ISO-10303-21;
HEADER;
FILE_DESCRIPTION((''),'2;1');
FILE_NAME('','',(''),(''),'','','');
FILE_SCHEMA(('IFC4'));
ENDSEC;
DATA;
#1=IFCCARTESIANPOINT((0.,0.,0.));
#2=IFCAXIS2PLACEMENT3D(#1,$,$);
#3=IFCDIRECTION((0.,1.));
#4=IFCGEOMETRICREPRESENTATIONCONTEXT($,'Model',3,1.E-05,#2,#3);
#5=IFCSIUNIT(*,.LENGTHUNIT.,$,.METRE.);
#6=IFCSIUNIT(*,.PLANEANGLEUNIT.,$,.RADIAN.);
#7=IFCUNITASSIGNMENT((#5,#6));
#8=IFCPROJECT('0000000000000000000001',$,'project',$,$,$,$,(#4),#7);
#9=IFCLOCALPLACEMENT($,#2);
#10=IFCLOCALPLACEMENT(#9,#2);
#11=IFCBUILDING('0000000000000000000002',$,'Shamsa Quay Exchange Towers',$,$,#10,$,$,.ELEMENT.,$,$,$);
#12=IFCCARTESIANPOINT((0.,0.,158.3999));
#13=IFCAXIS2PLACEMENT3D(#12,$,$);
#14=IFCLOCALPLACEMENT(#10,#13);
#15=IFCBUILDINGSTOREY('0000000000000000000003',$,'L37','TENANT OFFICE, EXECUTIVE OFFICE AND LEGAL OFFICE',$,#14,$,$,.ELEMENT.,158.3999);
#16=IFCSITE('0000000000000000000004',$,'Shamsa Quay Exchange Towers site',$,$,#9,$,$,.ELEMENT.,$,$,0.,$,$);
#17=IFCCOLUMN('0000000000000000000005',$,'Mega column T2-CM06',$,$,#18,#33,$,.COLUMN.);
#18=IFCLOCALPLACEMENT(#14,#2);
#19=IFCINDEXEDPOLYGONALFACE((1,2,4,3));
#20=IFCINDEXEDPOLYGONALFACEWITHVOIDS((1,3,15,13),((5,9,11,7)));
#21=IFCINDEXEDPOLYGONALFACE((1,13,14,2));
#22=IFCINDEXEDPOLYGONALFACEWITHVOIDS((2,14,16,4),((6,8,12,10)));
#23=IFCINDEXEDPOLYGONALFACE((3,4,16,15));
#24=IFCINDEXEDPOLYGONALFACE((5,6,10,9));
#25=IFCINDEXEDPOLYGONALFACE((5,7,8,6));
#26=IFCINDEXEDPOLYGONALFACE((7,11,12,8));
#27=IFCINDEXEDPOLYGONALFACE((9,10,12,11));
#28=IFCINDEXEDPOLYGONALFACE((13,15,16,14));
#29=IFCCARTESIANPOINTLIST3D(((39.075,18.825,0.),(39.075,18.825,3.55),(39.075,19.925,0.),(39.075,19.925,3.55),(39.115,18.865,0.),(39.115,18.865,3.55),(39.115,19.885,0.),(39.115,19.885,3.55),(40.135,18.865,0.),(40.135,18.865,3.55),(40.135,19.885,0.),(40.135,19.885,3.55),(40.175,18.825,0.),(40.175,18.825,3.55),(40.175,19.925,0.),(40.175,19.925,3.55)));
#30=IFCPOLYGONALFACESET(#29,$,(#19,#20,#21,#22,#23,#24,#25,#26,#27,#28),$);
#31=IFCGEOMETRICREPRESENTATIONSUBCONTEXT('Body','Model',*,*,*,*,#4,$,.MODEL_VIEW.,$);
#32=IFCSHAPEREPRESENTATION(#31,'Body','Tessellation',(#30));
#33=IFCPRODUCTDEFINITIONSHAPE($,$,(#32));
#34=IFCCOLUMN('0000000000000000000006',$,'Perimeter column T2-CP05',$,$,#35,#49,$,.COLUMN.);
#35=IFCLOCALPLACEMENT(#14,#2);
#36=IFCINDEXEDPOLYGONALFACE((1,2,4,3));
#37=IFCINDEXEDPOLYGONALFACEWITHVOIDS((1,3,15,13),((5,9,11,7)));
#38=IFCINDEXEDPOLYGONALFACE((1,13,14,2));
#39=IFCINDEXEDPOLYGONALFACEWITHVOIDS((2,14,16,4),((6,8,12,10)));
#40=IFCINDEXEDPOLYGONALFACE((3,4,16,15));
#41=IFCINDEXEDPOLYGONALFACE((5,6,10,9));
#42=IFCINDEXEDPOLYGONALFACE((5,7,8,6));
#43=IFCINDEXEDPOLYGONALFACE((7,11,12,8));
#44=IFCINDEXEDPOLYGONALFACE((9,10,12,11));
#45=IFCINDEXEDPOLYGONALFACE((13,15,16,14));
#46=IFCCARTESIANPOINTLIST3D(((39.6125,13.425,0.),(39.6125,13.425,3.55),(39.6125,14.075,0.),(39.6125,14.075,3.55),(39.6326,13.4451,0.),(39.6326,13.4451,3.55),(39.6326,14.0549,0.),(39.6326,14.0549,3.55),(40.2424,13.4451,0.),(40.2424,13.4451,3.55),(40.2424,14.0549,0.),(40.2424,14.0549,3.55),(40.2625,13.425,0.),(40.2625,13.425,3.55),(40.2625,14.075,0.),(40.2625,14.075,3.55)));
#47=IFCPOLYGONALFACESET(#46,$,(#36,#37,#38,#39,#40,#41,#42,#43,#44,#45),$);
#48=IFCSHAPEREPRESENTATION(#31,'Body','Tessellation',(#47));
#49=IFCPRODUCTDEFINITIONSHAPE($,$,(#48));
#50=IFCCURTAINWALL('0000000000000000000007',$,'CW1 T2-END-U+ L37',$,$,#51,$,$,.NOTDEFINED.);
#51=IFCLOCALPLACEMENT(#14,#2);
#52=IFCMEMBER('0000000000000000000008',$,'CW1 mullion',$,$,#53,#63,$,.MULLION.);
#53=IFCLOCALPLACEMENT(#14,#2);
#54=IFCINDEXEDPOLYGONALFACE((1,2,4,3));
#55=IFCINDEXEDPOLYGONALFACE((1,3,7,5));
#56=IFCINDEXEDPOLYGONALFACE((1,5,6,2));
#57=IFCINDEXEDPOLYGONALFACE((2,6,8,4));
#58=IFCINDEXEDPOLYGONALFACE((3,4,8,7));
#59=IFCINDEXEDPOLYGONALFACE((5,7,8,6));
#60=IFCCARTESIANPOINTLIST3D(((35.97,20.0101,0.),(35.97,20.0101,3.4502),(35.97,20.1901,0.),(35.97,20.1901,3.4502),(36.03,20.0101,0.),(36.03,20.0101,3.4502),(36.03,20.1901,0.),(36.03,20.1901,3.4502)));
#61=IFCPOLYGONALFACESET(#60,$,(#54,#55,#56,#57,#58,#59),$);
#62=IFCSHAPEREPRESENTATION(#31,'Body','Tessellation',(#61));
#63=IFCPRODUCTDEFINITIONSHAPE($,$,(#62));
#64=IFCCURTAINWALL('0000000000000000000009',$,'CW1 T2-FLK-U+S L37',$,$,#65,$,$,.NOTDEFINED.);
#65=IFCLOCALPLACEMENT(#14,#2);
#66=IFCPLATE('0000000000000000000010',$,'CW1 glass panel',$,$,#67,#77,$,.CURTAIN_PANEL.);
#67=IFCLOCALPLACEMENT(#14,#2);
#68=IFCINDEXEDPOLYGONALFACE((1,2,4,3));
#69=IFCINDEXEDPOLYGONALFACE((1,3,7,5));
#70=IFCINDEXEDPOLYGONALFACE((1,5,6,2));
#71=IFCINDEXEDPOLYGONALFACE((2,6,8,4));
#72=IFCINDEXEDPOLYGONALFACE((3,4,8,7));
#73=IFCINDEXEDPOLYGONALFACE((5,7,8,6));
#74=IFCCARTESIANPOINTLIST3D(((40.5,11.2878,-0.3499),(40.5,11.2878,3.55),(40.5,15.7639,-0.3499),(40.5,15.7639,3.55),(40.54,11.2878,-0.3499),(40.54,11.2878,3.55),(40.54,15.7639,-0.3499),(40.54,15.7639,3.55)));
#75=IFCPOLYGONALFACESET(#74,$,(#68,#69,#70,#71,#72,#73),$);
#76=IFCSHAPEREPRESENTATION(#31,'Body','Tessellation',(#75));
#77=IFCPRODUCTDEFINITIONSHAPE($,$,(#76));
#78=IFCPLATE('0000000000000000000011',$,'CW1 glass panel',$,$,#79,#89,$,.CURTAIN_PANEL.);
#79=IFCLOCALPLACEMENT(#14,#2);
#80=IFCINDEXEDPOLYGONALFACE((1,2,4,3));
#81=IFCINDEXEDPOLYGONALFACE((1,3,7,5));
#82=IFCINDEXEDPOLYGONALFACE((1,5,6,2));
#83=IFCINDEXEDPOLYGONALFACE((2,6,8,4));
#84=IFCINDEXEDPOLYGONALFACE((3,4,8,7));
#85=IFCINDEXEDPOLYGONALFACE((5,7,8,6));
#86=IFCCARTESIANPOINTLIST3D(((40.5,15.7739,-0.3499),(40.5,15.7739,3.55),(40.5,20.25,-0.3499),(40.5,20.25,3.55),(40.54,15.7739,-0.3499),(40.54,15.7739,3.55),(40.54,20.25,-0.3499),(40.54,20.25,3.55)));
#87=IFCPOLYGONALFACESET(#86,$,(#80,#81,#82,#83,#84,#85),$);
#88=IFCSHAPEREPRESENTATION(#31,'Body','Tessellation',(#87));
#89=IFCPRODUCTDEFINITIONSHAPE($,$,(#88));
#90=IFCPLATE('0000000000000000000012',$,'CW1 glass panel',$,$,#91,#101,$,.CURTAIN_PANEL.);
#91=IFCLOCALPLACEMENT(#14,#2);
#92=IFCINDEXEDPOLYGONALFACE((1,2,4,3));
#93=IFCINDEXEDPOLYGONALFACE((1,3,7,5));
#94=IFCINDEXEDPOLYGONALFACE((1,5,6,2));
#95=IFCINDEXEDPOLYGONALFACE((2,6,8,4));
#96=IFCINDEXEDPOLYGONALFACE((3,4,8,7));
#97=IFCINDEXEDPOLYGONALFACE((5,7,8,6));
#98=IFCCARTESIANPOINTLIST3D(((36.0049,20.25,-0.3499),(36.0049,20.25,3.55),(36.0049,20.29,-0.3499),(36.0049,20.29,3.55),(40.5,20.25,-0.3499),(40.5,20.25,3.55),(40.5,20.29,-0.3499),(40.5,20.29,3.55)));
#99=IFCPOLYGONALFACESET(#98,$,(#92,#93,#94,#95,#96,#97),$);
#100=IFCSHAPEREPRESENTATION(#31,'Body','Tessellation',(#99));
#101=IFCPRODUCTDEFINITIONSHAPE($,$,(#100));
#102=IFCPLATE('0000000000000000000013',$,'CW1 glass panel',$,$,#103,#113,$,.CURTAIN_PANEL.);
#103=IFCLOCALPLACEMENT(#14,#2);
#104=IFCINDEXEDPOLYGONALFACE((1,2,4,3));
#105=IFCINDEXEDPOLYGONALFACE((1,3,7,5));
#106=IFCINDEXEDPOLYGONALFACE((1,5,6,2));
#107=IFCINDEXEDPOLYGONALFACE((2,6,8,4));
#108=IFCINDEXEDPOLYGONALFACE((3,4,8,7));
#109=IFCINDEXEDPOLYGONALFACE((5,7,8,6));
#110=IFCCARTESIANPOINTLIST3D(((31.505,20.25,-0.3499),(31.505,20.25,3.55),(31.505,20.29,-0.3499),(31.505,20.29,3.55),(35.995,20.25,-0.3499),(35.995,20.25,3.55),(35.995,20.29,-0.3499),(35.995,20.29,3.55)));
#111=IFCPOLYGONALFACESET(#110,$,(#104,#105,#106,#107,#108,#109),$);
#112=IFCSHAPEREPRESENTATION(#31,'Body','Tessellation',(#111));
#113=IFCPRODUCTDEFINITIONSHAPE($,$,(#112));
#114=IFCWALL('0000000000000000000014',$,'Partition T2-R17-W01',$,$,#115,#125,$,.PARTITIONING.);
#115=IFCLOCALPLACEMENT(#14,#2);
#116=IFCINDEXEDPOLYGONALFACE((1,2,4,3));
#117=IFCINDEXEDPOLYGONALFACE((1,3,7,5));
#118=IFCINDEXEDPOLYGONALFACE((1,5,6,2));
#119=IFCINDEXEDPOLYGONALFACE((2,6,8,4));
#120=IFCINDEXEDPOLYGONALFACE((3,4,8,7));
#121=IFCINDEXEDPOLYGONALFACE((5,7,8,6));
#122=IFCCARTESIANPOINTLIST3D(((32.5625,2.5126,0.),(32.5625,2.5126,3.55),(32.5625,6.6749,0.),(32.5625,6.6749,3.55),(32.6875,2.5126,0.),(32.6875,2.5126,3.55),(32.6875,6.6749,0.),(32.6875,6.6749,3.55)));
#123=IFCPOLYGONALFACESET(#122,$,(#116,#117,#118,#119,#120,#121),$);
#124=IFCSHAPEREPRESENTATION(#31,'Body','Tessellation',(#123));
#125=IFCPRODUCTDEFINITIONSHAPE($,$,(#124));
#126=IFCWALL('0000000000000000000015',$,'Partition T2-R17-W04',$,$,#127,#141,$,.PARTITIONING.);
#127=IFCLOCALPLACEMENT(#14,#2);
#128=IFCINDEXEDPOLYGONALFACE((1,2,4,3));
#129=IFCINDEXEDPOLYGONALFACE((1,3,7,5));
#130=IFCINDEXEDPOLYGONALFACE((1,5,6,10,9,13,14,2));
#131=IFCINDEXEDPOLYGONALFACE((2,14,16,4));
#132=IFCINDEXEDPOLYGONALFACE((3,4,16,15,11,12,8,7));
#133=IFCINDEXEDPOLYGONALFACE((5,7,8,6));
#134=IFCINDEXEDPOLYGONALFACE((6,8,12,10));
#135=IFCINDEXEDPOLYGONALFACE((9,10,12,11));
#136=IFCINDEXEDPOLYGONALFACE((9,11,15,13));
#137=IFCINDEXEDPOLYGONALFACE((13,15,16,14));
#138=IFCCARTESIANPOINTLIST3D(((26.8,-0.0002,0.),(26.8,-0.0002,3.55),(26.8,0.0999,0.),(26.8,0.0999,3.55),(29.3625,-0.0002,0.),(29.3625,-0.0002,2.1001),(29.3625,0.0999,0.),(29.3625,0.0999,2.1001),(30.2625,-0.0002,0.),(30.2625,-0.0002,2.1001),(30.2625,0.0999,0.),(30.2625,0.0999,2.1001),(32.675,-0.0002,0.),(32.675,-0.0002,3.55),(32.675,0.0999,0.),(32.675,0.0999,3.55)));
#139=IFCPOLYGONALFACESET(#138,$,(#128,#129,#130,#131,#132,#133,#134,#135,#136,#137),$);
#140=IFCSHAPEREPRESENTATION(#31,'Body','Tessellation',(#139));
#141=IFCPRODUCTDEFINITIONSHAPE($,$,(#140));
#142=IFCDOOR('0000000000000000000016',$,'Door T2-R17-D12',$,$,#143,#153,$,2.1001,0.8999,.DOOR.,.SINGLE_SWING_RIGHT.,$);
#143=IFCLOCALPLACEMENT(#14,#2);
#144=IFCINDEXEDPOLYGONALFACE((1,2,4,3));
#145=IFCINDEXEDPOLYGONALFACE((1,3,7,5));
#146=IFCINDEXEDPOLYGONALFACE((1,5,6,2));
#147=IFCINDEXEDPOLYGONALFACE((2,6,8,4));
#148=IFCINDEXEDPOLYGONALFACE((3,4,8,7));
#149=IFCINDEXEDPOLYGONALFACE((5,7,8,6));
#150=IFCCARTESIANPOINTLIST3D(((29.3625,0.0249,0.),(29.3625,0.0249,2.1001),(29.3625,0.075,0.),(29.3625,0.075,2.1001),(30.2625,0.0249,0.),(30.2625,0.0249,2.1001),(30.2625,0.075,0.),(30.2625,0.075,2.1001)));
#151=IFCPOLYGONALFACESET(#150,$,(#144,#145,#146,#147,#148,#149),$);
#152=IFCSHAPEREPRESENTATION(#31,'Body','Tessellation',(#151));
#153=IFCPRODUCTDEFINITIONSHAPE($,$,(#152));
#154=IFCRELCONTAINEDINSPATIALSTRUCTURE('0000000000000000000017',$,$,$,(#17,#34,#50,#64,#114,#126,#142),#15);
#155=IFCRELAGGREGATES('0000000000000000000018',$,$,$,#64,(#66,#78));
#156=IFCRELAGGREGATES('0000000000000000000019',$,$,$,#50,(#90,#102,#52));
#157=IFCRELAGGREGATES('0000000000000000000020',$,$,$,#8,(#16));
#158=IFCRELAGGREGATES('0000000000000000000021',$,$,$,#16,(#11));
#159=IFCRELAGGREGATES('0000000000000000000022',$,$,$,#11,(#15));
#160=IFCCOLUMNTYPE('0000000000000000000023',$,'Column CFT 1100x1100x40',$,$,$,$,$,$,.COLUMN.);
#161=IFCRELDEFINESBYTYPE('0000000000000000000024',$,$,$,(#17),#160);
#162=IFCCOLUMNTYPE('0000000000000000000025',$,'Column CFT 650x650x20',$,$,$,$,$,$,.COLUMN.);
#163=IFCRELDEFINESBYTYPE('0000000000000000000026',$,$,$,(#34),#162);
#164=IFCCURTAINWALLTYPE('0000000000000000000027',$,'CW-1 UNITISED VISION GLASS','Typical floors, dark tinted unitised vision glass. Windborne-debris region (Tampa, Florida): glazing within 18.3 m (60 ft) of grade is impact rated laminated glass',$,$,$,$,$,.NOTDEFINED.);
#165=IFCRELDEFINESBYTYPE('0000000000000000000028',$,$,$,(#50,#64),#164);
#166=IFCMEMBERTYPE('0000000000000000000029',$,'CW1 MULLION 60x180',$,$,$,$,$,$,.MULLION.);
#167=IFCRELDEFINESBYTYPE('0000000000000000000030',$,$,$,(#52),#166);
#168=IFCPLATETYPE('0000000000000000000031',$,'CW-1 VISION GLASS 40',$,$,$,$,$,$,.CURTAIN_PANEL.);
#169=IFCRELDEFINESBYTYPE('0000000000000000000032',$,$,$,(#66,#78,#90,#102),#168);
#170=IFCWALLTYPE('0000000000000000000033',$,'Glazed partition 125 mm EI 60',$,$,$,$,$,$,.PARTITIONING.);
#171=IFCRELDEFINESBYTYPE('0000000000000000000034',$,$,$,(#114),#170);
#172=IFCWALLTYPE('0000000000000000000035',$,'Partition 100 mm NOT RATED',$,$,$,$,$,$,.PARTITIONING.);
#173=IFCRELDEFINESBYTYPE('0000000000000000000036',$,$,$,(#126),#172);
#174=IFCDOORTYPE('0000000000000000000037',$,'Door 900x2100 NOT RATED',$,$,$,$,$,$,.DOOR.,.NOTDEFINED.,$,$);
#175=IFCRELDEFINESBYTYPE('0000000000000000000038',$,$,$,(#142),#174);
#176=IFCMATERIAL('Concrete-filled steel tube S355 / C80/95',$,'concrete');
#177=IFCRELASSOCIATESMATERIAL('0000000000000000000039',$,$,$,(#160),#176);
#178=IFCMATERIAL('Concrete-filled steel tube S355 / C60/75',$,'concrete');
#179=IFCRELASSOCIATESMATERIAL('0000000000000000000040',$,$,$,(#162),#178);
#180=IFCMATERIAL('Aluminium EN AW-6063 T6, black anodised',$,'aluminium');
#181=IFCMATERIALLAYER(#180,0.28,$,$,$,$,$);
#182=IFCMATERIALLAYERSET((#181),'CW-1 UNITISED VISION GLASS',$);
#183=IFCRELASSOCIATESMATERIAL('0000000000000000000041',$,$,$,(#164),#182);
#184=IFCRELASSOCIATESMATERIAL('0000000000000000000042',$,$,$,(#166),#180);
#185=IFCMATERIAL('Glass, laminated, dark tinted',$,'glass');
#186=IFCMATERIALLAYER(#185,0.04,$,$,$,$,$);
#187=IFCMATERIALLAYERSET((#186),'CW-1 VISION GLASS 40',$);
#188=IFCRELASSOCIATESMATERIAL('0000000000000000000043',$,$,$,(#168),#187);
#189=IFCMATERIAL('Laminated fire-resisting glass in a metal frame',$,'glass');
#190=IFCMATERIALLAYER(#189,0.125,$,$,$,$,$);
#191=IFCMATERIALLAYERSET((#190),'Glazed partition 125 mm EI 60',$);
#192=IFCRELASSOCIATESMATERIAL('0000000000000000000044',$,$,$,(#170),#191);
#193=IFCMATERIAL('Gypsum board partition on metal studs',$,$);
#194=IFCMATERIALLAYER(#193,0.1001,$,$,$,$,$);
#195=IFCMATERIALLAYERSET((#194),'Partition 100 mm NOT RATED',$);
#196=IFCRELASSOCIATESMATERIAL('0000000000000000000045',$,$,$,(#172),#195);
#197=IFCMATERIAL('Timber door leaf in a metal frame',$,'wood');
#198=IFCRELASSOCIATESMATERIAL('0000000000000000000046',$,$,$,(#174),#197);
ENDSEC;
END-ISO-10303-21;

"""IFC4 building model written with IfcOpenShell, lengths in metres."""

from ifc_helpers import new_model, si_unit, direction, frame, frame_2d, origin, origin_2d, place, context, subcontext, project, spatial, rectangle, hollow_rectangle, extrude, material, layer, layer_set, material_profile, profile_set, type_object, element, fill, aggregate, save


model = new_model("IFC4")

# Units and contexts
model_context = context("Model", 3, precision=1e-05, world=origin(), true_north=direction((0.0, 1.0)))
body_context = subcontext(model_context, "Body", "Model", "MODEL_VIEW")
ifc_project = project(units=[si_unit("LENGTHUNIT", "METRE"), si_unit("PLANEANGLEUNIT", "RADIAN")], contexts=[model_context])

# Site, building, storey
site_placement = place(None, origin())
site = spatial("IfcSite", under=ifc_project, at=site_placement, Name="Shamsa Quay Exchange Towers site", CompositionType="ELEMENT", RefElevation=0.0)
building_placement = place(site_placement, origin())
building = spatial("IfcBuilding", under=site, at=building_placement, Name="Shamsa Quay Exchange Towers", CompositionType="ELEMENT")
storey_placement = place(building_placement, frame((0.0, 0.0, 158.3999)))
storey = spatial("IfcBuildingStorey", under=building, at=storey_placement, Name="L37", Description="TENANT OFFICE, EXECUTIVE OFFICE AND LEGAL OFFICE", CompositionType="ELEMENT", Elevation=158.3999)

# Columns
ifc_material_1 = material(Name="Concrete-filled steel tube S355 / C80/95", Category="concrete")
ifc_material_profile_1 = material_profile(ifc_material_1, hollow_rectangle(XDim=1.1001, YDim=1.1001, WallThickness=0.04, at=origin_2d()), Name="CFT 1100x1100x40")
ifc_profile_set_1 = profile_set([ifc_material_profile_1], Name="Concrete-filled steel tube S355 / C80/95")
column_type_1 = type_object("IfcColumnType", Name="Column CFT 1100x1100x40", PredefinedType="COLUMN", material=ifc_profile_set_1)
column_1_placement = place(storey_placement, frame((39.625, 19.375, 0.0)))
element("IfcColumn", 1, at=column_1_placement, inside=storey, type_object=column_type_1, Name="Mega column T2-CM06", PredefinedType="COLUMN", context=body_context, shape_type="SweptSolid", body=[
    extrude(hollow_rectangle(XDim=1.1001, YDim=1.1001, WallThickness=0.04, at=origin_2d()), origin(), (0.0, 0.0, 1.0), 3.55),
])
ifc_material_2 = material(Name="Concrete-filled steel tube S355 / C60/75", Category="concrete")
ifc_material_profile_2 = material_profile(ifc_material_2, hollow_rectangle(XDim=0.6499, YDim=0.6499, WallThickness=0.02, at=origin_2d()), Name="CFT 650x650x20")
ifc_profile_set_2 = profile_set([ifc_material_profile_2], Name="Concrete-filled steel tube S355 / C60/75")
column_type_2 = type_object("IfcColumnType", Name="Column CFT 650x650x20", PredefinedType="COLUMN", material=ifc_profile_set_2)
column_2_placement = place(storey_placement, frame((39.9375, 13.75, 0.0)))
element("IfcColumn", 2, at=column_2_placement, inside=storey, type_object=column_type_2, Name="Perimeter column T2-CP05", PredefinedType="COLUMN", context=body_context, shape_type="SweptSolid", body=[
    extrude(hollow_rectangle(XDim=0.6499, YDim=0.6499, WallThickness=0.02, at=origin_2d()), origin(), (0.0, 0.0, 1.0), 3.55),
])

# Curtain wall, member
ifc_material_3 = material(Name="Aluminium EN AW-6063 T6, black anodised", Category="aluminium")
ifc_layer_1 = layer(ifc_material_3, 0.28)
ifc_layer_set_1 = layer_set([ifc_layer_1], Name="CW-1 UNITISED VISION GLASS")
curtain_wall_type = type_object("IfcCurtainWallType", Name="CW-1 UNITISED VISION GLASS", Description="Typical floors, dark tinted unitised vision glass. Windborne-debris region (Tampa, Florida): glazing within 18.3 m (60 ft) of grade is impact rated laminated glass", PredefinedType="NOTDEFINED", material=ifc_layer_set_1)
curtain_wall_1_placement = place(storey_placement, origin())
curtain_wall_1 = element("IfcCurtainWall", 3, at=curtain_wall_1_placement, inside=storey, type_object=curtain_wall_type, Name="CW1 T2-END-U+ L37", PredefinedType="NOTDEFINED")
ifc_material_profile_3 = material_profile(ifc_material_3, rectangle(XDim=0.1799, YDim=0.0601, at=origin_2d()), Name="MU60x180")
ifc_profile_set_3 = profile_set([ifc_material_profile_3], Name="Aluminium EN AW-6063 T6, black anodised")
member_type = type_object("IfcMemberType", Name="CW1 MULLION 60x180", PredefinedType="MULLION", material=ifc_profile_set_3)
member_placement = place(storey_placement, frame((36.0, 20.1001, 0.0), z_axis=(0.0, 0.0, 1.0), x_axis=(0.0, -1.0, 0.0)))
member = element("IfcMember", 4, at=member_placement, type_object=member_type, Name="CW1 mullion", PredefinedType="MULLION", context=body_context, shape_type="SweptSolid", body=[
    extrude(rectangle(XDim=0.1799, YDim=0.0601, at=origin_2d()), origin(), (0.0, 0.0, 1.0), 3.4502),
])

# Curtain wall, plates
curtain_wall_2_placement = place(storey_placement, origin())
curtain_wall_2 = element("IfcCurtainWall", 5, at=curtain_wall_2_placement, inside=storey, type_object=curtain_wall_type, Name="CW1 T2-FLK-U+S L37", PredefinedType="NOTDEFINED")
ifc_material_4 = material(Name="Glass, laminated, dark tinted", Category="glass")
ifc_layer_2 = layer(ifc_material_4, 0.04)
ifc_layer_set_2 = layer_set([ifc_layer_2], Name="CW-1 VISION GLASS 40")
plate_type = type_object("IfcPlateType", Name="CW-1 VISION GLASS 40", PredefinedType="CURTAIN_PANEL", material=ifc_layer_set_2)
plate_1_placement = place(storey_placement, frame((40.52, 13.5259, -0.3499), z_axis=(0.0, 0.0, 1.0), x_axis=(0.0, 1.0, 0.0)))
plate_1 = element("IfcPlate", 6, at=plate_1_placement, type_object=plate_type, Name="CW1 glass panel", PredefinedType="CURTAIN_PANEL", context=body_context, shape_type="SweptSolid", body=[
    extrude(rectangle(XDim=4.4761, YDim=0.04, at=origin_2d()), origin(), (0.0, 0.0, 1.0), 3.8999),
])
plate_2_placement = place(storey_placement, frame((40.52, 18.012, -0.3499), z_axis=(0.0, 0.0, 1.0), x_axis=(0.0, 1.0, 0.0)))
plate_2 = element("IfcPlate", 7, at=plate_2_placement, type_object=plate_type, Name="CW1 glass panel", PredefinedType="CURTAIN_PANEL", context=body_context, shape_type="SweptSolid", body=[
    extrude(rectangle(XDim=4.4761, YDim=0.04, at=origin_2d()), origin(), (0.0, 0.0, 1.0), 3.8999),
])
aggregate(curtain_wall_2, [plate_1, plate_2])

# Plates
plate_3_placement = place(storey_placement, frame((38.2524, 20.27, -0.3499), z_axis=(0.0, 0.0, 1.0), x_axis=(-1.0, 0.0, 0.0)))
plate_3 = element("IfcPlate", 8, at=plate_3_placement, type_object=plate_type, Name="CW1 glass panel", PredefinedType="CURTAIN_PANEL", context=body_context, shape_type="SweptSolid", body=[
    extrude(rectangle(XDim=4.4951, YDim=0.04, at=origin_2d()), origin(), (0.0, 0.0, 1.0), 3.8999),
])
plate_4_placement = place(storey_placement, frame((33.75, 20.27, -0.3499), z_axis=(0.0, 0.0, 1.0), x_axis=(-1.0, 0.0, 0.0)))
plate_4 = element("IfcPlate", 9, at=plate_4_placement, type_object=plate_type, Name="CW1 glass panel", PredefinedType="CURTAIN_PANEL", context=body_context, shape_type="SweptSolid", body=[
    extrude(rectangle(XDim=4.49, YDim=0.04, at=origin_2d()), origin(), (0.0, 0.0, 1.0), 3.8999),
])
aggregate(curtain_wall_1, [plate_3, plate_4, member])

# Wall
ifc_material_5 = material(Name="Laminated fire-resisting glass in a metal frame", Category="glass")
ifc_layer_3 = layer(ifc_material_5, 0.125)
ifc_layer_set_3 = layer_set([ifc_layer_3], Name="Glazed partition 125 mm EI 60")
wall_type_1 = type_object("IfcWallType", Name="Glazed partition 125 mm EI 60", PredefinedType="PARTITIONING", material=ifc_layer_set_3)
wall_1_placement = place(storey_placement, frame((32.625, 2.5127, 0.0), z_axis=(0.0, 0.0, 1.0), x_axis=(0.0, 1.0, 0.0)))
element("IfcWall", 10, at=wall_1_placement, inside=storey, type_object=wall_type_1, Name="Partition T2-R17-W01", PredefinedType="PARTITIONING", context=body_context, shape_type="SweptSolid", body=[
    extrude(rectangle(XDim=4.1624, YDim=0.125, at=frame_2d((2.0811, 0.0))), origin(), (0.0, 0.0, 1.0), 3.55),
])

# Wall, opening, door
ifc_material_6 = material(Name="Gypsum board partition on metal studs")
ifc_layer_4 = layer(ifc_material_6, 0.1001)
ifc_layer_set_4 = layer_set([ifc_layer_4], Name="Partition 100 mm NOT RATED")
wall_type_2 = type_object("IfcWallType", Name="Partition 100 mm NOT RATED", PredefinedType="PARTITIONING", material=ifc_layer_set_4)
wall_2_placement = place(storey_placement, frame((32.675, 0.0498, 0.0), z_axis=(0.0, 0.0, 1.0), x_axis=(-1.0, 0.0, 0.0)))
wall_2 = element("IfcWall", 11, at=wall_2_placement, inside=storey, type_object=wall_type_2, Name="Partition T2-R17-W04", PredefinedType="PARTITIONING", context=body_context, shape_type="SweptSolid", body=[
    extrude(rectangle(XDim=5.875, YDim=0.1001, at=frame_2d((2.9375, 0.0))), origin(), (0.0, 0.0, 1.0), 3.55),
])
opening_1_placement = place(wall_2_placement, frame((2.4126, 0.0, 0.0)))
opening_1 = element("IfcOpeningElement", 12, at=opening_1_placement, cuts=wall_2, PredefinedType="OPENING", context=body_context, shape_type="SweptSolid", body=[
    extrude(rectangle(XDim=0.8999, YDim=2.1001, at=frame_2d((0.45, 1.05))), frame((0.0, 0.0601, 0.0), z_axis=(0.0, -1.0, 0.0), x_axis=(1.0, 0.0, 0.0)), (0.0, 0.0, 1.0), 0.1201),
])
ifc_material_7 = material(Name="Timber door leaf in a metal frame", Category="wood")
door_type_1 = type_object("IfcDoorType", Name="Door 900x2100 NOT RATED", OperationType="NOTDEFINED", PredefinedType="DOOR", material=ifc_material_7)
door_1_placement = place(opening_1_placement, origin())
door_1 = element("IfcDoor", 13, at=door_1_placement, inside=storey, type_object=door_type_1, Name="Door T2-R17-D12", OperationType="SINGLE_SWING_RIGHT", OverallHeight=2.1001, OverallWidth=0.8999, PredefinedType="DOOR", context=body_context, shape_type="SweptSolid", body=[
    extrude(rectangle(XDim=0.8999, YDim=2.1001, at=frame_2d((0.45, 1.05))), frame((0.0, 0.0249, 0.0), z_axis=(0.0, -1.0, 0.0), x_axis=(1.0, 0.0, 0.0)), (0.0, 0.0, 1.0), 0.05),
])
fill(opening_1, door_1)

save(model, "model.ifc")
